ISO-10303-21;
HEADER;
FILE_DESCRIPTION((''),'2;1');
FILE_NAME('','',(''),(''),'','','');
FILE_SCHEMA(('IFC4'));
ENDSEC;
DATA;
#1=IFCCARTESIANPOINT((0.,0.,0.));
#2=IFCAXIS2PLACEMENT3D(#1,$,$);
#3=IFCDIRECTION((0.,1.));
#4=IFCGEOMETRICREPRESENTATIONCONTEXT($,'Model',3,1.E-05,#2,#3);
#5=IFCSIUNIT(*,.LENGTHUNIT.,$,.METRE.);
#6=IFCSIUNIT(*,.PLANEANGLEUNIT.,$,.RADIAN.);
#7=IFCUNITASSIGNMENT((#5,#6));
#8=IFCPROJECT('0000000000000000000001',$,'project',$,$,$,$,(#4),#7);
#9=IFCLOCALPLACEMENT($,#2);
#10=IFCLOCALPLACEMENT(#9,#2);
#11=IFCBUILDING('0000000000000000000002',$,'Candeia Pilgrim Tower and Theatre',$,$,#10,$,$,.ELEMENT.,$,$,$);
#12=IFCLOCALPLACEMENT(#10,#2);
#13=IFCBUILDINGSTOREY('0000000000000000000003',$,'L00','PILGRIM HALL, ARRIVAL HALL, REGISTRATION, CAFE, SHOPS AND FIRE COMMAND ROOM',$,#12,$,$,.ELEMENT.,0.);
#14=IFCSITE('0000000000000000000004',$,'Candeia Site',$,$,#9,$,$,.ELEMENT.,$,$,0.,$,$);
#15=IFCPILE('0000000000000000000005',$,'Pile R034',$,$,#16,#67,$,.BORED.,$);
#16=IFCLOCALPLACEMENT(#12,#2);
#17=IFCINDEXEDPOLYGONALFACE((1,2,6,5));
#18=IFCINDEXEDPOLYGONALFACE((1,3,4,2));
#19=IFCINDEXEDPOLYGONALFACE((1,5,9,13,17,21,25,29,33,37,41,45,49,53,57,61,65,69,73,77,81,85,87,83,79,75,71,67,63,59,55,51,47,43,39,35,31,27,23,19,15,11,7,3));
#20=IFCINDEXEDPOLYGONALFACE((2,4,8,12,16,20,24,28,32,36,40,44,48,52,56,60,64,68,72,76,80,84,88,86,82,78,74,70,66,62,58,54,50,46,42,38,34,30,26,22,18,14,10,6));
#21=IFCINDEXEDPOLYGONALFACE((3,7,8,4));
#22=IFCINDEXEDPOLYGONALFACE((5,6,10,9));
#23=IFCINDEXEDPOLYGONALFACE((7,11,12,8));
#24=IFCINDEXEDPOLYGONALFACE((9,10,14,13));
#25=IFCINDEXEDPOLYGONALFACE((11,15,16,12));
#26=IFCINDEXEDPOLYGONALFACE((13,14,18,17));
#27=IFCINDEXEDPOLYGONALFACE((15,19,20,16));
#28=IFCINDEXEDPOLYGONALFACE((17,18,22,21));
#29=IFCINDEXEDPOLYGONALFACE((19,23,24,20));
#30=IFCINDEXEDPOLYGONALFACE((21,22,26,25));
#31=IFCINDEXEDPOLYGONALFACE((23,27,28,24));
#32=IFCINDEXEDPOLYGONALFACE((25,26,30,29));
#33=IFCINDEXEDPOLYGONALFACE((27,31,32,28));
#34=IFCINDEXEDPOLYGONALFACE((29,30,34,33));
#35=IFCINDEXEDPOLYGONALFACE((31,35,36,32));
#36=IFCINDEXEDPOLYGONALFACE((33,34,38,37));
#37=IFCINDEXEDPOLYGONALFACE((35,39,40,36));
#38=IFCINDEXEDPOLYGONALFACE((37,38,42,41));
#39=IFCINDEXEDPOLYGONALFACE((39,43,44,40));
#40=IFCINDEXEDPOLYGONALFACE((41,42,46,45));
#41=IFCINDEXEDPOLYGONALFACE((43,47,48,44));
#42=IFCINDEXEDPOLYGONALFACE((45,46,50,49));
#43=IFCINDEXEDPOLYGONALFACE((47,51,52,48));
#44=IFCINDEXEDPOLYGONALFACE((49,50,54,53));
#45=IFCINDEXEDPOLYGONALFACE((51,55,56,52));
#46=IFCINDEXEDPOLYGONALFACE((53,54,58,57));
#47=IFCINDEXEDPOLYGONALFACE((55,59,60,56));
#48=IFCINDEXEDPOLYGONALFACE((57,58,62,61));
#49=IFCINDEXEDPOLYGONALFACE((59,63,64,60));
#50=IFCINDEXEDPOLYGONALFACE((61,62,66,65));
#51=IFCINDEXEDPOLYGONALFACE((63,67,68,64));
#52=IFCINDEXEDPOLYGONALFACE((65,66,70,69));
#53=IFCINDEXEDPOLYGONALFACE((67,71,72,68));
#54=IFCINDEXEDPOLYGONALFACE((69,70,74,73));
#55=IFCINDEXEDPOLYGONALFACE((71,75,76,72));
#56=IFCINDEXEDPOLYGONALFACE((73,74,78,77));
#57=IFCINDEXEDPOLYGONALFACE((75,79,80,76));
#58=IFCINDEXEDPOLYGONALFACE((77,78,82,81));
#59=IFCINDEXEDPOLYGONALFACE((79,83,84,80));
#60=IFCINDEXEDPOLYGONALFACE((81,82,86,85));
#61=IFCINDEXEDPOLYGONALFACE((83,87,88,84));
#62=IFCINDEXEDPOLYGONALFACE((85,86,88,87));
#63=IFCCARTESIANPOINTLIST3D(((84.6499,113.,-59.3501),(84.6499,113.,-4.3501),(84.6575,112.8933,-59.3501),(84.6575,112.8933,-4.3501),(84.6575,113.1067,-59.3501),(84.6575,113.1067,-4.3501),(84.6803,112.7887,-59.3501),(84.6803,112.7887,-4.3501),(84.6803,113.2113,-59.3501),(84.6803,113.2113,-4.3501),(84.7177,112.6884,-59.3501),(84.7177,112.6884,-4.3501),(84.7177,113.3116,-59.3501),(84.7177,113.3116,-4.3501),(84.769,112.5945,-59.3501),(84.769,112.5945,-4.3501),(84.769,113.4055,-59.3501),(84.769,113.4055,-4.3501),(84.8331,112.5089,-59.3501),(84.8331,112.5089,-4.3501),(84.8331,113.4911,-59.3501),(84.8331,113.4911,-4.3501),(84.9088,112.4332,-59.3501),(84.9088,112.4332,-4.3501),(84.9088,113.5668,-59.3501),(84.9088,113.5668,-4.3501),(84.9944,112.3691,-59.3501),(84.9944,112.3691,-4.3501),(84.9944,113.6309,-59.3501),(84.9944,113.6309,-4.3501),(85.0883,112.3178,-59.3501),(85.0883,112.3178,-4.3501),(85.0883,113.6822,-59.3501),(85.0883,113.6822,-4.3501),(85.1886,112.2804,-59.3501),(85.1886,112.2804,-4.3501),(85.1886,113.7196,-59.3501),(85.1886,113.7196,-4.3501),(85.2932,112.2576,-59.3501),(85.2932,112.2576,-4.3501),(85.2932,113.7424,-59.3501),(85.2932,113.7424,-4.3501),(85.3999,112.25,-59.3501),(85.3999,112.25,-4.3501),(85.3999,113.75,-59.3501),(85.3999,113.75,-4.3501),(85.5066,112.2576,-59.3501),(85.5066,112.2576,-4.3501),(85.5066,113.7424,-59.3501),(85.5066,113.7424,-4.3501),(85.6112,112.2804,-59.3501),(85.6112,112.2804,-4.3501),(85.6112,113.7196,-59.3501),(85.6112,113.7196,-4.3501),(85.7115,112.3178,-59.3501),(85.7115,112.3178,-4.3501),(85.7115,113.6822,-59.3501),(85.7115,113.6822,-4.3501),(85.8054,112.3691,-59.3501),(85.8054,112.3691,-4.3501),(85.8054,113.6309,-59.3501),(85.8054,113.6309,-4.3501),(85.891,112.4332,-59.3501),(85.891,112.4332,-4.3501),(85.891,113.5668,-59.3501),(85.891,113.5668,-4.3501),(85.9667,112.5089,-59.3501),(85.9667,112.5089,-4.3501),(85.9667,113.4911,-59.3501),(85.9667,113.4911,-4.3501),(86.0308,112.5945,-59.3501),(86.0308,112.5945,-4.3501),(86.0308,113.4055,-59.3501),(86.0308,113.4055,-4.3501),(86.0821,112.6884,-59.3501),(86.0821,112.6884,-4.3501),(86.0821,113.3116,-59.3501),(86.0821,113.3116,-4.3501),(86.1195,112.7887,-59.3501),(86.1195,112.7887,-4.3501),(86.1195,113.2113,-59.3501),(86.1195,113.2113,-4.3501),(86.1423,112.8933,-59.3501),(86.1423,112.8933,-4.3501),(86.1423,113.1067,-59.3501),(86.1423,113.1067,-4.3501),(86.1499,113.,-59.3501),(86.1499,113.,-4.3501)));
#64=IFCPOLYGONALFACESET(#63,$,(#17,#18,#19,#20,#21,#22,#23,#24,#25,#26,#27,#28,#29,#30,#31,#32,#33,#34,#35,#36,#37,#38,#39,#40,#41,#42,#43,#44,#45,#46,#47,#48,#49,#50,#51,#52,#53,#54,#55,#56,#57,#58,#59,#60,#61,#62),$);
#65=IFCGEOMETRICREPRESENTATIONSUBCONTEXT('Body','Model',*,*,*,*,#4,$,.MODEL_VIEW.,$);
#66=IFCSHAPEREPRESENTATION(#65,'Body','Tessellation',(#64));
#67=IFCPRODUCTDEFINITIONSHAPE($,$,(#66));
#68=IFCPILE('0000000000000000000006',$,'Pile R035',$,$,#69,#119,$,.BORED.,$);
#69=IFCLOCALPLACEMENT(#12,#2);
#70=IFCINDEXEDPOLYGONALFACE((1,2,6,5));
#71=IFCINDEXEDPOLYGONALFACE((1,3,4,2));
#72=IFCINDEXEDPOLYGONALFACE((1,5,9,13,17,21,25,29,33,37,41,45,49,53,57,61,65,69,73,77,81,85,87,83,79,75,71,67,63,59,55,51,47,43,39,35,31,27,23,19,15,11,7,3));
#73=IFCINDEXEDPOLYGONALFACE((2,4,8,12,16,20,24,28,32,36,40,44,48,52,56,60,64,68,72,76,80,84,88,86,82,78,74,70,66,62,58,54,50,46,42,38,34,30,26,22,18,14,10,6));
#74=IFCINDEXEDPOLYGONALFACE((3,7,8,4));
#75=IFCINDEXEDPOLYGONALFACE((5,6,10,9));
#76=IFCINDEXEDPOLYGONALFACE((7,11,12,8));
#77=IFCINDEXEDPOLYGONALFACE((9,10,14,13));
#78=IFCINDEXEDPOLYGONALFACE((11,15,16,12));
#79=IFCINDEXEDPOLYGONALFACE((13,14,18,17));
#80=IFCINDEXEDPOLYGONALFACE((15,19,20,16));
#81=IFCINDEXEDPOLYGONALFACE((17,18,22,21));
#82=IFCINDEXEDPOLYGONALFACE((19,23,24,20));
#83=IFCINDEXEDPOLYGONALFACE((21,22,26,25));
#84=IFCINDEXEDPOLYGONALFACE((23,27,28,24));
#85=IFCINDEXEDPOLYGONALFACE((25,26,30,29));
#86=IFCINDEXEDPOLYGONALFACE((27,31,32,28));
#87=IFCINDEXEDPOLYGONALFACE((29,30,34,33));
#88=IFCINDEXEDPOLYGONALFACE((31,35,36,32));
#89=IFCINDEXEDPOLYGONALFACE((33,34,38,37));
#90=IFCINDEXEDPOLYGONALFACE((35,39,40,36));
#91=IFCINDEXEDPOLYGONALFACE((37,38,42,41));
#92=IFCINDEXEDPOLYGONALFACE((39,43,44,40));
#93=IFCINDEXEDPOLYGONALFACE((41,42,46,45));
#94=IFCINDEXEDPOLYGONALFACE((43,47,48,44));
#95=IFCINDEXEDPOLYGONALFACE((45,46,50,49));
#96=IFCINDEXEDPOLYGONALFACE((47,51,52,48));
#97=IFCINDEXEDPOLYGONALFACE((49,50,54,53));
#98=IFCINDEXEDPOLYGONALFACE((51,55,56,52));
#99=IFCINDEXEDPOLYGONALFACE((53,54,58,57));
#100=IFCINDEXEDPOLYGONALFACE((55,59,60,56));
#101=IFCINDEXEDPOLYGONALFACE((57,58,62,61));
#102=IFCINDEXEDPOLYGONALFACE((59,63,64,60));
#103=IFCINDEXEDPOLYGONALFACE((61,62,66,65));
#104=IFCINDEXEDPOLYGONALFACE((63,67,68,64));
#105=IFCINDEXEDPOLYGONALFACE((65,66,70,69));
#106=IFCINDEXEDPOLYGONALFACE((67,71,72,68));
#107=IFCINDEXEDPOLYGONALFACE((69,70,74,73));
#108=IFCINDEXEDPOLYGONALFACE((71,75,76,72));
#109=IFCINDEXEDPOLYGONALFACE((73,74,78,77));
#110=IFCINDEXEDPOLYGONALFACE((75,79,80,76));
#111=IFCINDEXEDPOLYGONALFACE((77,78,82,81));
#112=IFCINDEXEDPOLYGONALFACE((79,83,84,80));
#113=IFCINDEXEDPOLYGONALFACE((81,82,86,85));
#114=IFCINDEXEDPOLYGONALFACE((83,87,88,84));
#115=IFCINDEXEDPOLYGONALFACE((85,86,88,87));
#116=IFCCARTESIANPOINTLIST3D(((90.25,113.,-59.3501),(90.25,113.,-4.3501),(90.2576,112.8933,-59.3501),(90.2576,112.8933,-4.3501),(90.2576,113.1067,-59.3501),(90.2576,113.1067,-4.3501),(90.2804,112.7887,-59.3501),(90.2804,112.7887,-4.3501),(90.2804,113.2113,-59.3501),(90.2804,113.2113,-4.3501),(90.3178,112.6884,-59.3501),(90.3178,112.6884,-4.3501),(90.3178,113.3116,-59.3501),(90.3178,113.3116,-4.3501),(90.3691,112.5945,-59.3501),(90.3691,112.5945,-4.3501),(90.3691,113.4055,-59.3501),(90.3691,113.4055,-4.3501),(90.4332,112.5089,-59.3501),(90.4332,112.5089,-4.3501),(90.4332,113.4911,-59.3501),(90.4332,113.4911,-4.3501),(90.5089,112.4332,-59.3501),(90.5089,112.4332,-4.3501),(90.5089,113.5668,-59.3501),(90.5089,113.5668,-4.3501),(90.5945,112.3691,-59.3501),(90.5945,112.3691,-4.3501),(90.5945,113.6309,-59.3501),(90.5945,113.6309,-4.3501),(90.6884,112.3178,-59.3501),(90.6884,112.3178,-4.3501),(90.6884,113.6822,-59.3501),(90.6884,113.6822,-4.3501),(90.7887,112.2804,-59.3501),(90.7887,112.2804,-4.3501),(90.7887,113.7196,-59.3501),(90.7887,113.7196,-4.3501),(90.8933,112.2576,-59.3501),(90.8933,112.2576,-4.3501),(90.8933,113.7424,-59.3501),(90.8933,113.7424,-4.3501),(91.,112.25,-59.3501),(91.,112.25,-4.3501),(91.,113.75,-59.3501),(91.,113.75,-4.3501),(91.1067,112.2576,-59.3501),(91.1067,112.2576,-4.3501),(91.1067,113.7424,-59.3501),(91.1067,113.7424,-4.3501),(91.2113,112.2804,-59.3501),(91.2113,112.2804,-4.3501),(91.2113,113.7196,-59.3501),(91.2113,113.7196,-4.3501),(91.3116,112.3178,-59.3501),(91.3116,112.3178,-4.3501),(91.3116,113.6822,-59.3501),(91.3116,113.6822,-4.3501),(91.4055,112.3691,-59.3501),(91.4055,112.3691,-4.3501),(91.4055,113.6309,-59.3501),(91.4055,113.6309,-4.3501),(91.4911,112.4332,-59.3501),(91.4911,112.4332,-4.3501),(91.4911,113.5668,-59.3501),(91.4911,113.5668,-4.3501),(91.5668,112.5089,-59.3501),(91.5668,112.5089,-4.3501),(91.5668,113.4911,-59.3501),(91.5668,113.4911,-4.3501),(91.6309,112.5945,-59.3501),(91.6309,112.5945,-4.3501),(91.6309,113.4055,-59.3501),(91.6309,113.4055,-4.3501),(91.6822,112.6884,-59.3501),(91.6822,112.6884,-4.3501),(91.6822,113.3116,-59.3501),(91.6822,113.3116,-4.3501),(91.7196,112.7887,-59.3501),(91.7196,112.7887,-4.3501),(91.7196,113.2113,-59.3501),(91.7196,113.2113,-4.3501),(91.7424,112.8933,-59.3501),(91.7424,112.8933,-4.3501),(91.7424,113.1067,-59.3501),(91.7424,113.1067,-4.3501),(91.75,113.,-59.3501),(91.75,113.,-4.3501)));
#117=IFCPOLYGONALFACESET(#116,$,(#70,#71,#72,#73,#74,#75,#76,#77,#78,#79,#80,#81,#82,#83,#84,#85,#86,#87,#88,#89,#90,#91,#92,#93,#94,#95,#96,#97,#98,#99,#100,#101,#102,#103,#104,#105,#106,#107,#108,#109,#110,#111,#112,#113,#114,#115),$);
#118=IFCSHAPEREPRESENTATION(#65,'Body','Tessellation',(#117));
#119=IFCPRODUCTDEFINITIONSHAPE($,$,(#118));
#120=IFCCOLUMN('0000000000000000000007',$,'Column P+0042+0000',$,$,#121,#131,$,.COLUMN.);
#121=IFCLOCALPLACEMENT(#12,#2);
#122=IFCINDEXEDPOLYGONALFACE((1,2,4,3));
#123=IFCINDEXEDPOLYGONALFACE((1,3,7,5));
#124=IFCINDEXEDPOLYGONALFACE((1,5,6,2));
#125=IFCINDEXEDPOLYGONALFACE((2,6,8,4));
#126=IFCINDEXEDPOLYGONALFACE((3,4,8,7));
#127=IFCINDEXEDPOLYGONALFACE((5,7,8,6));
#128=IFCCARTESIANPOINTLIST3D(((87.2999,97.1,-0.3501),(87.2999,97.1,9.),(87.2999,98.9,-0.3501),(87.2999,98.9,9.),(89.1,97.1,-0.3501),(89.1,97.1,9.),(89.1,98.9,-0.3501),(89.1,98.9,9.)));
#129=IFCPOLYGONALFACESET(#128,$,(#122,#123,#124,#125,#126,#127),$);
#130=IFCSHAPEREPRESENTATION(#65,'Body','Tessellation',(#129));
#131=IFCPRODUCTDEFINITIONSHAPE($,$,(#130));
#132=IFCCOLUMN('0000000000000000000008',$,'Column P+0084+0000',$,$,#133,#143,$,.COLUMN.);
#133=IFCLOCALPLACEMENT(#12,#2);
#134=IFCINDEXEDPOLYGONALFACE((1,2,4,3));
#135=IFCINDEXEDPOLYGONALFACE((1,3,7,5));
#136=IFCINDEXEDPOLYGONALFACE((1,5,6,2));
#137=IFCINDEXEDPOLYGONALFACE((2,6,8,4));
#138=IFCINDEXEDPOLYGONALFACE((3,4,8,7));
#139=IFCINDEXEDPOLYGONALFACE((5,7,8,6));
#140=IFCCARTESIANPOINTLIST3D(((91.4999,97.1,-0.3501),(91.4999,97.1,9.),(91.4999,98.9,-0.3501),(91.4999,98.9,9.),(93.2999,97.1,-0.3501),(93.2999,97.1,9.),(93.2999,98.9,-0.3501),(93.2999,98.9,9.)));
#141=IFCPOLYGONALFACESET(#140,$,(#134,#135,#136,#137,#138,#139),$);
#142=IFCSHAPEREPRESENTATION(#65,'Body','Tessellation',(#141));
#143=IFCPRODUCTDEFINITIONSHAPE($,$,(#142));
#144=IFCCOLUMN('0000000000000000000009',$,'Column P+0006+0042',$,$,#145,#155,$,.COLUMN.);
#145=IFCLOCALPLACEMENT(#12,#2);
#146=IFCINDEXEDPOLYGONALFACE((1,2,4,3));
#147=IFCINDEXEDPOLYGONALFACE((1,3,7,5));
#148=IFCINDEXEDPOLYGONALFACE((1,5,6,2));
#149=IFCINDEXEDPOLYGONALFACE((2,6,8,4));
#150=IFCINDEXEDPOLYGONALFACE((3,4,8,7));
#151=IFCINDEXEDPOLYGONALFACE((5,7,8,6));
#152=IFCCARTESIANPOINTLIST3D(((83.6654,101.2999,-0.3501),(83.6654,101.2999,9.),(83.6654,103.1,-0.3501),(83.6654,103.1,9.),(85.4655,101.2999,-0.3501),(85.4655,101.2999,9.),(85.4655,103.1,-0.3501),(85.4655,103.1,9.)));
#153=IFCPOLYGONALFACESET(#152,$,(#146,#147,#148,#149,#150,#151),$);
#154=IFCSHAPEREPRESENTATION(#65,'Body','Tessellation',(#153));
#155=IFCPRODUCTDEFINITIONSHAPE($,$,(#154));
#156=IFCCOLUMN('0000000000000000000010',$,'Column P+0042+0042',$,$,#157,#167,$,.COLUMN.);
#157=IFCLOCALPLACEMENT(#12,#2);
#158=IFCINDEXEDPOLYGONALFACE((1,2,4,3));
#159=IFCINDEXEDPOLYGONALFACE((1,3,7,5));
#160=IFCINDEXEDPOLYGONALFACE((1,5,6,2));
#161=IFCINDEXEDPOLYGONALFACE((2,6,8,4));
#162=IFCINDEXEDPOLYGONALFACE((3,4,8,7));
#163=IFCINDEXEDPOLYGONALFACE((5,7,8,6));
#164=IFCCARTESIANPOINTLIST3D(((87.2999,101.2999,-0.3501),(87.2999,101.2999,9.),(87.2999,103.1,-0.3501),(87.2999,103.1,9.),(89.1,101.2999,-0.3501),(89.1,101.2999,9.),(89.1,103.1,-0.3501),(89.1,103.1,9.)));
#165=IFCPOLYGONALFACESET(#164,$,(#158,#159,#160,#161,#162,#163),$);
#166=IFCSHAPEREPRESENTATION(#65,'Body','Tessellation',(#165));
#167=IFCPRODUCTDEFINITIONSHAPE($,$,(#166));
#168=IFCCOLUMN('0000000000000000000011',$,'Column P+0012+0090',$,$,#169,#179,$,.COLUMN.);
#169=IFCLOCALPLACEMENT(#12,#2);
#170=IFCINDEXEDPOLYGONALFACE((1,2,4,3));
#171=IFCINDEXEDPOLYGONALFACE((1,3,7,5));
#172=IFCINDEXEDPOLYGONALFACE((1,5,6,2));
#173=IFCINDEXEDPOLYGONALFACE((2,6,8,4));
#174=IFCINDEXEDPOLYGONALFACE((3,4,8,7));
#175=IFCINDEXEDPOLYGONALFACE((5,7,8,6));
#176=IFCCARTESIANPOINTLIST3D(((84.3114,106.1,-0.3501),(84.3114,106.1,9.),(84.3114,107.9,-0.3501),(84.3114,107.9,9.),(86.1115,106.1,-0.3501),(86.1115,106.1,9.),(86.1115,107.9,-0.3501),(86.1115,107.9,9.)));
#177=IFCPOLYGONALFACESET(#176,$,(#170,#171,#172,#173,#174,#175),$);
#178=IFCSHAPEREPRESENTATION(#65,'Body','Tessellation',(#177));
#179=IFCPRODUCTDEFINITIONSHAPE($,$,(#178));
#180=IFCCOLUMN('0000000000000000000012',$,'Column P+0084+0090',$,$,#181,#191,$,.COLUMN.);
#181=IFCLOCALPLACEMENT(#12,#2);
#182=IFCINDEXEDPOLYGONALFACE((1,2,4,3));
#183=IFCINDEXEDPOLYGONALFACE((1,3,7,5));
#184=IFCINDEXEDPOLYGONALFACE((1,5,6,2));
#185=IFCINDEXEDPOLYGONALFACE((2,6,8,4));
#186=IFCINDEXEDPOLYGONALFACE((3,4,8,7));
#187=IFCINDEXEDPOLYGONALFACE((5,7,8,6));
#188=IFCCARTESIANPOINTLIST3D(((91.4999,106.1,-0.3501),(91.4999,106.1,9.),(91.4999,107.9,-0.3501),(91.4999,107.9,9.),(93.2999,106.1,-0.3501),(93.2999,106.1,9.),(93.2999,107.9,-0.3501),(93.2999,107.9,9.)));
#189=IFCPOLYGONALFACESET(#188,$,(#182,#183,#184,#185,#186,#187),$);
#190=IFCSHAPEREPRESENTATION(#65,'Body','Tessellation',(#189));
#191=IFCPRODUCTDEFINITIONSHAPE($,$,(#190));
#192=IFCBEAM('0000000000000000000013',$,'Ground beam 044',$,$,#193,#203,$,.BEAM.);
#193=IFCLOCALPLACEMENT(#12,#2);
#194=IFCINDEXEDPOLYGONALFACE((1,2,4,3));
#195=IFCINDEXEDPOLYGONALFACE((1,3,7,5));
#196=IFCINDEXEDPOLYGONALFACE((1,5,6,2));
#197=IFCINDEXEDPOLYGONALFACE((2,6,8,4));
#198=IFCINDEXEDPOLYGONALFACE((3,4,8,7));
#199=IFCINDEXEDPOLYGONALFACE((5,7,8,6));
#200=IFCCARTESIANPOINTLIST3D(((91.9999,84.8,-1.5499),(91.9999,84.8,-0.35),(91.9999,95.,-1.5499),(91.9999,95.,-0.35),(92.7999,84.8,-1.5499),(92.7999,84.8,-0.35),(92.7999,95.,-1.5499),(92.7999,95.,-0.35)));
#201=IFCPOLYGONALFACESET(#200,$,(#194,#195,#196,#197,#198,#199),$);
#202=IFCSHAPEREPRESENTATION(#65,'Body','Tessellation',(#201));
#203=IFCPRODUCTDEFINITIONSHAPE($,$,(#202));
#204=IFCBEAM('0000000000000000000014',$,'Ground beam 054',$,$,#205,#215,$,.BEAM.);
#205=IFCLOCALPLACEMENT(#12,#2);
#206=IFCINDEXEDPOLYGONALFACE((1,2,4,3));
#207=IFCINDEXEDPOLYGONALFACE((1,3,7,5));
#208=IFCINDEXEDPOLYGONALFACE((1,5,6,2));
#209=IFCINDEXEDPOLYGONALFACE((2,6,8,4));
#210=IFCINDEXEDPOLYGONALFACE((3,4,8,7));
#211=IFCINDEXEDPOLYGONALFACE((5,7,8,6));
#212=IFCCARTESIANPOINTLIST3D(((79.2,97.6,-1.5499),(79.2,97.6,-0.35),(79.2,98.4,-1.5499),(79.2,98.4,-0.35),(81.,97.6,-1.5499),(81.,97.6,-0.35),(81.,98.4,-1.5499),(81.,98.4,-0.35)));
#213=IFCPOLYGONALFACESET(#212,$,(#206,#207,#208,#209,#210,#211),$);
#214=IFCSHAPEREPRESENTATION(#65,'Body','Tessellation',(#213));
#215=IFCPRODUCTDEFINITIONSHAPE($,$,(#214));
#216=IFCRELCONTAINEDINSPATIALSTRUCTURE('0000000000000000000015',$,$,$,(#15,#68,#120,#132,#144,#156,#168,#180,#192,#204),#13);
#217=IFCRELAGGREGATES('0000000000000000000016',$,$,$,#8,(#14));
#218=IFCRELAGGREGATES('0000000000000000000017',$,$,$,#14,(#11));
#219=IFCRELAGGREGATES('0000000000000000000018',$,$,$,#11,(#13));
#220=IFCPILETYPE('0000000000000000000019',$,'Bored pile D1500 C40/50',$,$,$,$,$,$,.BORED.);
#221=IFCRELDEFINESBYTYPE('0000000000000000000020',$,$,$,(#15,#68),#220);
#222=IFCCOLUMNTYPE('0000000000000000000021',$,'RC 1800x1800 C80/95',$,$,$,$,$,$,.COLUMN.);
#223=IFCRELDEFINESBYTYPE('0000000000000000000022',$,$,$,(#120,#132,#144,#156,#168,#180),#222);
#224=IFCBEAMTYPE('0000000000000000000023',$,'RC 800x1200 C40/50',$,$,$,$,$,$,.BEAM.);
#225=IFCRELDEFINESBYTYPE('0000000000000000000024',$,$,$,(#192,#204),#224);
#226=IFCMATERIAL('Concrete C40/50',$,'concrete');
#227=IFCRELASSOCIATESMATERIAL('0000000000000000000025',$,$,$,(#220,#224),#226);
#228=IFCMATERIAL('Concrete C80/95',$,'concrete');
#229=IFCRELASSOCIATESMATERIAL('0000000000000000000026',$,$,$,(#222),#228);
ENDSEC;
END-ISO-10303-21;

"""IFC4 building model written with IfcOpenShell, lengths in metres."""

from ifc_helpers import new_model, si_unit, direction, frame, origin, origin_2d, place, context, subcontext, project, spatial, rectangle, circle, extrude, material, material_profile, profile_set, type_object, element, save


model = new_model("IFC4")

# Units and contexts
model_context = context("Model", 3, precision=1e-05, world=origin(), true_north=direction((0.0, 1.0)))
body_context = subcontext(model_context, "Body", "Model", "MODEL_VIEW")
ifc_project = project(units=[si_unit("LENGTHUNIT", "METRE"), si_unit("PLANEANGLEUNIT", "RADIAN")], contexts=[model_context])

# Site, building, storey
site_placement = place(None, origin())
site = spatial("IfcSite", under=ifc_project, at=site_placement, Name="Candeia Site", CompositionType="ELEMENT", RefElevation=0.0)
building_placement = place(site_placement, origin())
building = spatial("IfcBuilding", under=site, at=building_placement, Name="Candeia Pilgrim Tower and Theatre", CompositionType="ELEMENT")
storey_placement = place(building_placement, origin())
storey = spatial("IfcBuildingStorey", under=building, at=storey_placement, Name="L00", Description="PILGRIM HALL, ARRIVAL HALL, REGISTRATION, CAFE, SHOPS AND FIRE COMMAND ROOM", CompositionType="ELEMENT", Elevation=0.0)

# Piles
ifc_material_1 = material(Name="Concrete C40/50", Category="concrete")
ifc_material_profile_1 = material_profile(ifc_material_1, circle(Radius=0.75, at=origin_2d()))
ifc_profile_set_1 = profile_set([ifc_material_profile_1], Name="Concrete C40/50")
pile_type = type_object("IfcPileType", Name="Bored pile D1500 C40/50", PredefinedType="BORED", material=ifc_profile_set_1)
for number, where, z_axis, x_axis, name in (
    (1, (85.3999, 113.0, -4.3501), (0.0, 0.0, -1.0), (1.0, 0.0, 0.0), "Pile R034"),
    (2, (91.0, 113.0, -4.3501), (0.0, 0.0, -1.0), (1.0, 0.0, 0.0), "Pile R035"),
):
    element("IfcPile", number, at=place(storey_placement, frame(where, z_axis=z_axis, x_axis=x_axis)), inside=storey, type_object=pile_type, Name=name, PredefinedType="BORED", context=body_context, shape_type="SweptSolid", body=[
        extrude(circle(Radius=0.75, at=origin_2d()), origin(), (0.0, 0.0, 1.0), 55.0),
    ])

# Columns
ifc_material_2 = material(Name="Concrete C80/95", Category="concrete")
ifc_material_profile_2 = material_profile(ifc_material_2, rectangle(XDim=1.8, YDim=1.8, at=origin_2d()))
ifc_profile_set_2 = profile_set([ifc_material_profile_2], Name="Concrete C80/95")
column_type = type_object("IfcColumnType", Name="RC 1800x1800 C80/95", PredefinedType="COLUMN", material=ifc_profile_set_2)
for number, where, z_axis, x_axis, name in (
    (3, (88.2, 98.0, -0.3501), (0.0, 0.0, 1.0), (1.0, 0.0, 0.0), "Column P+0042+0000"),
    (4, (92.3999, 98.0, -0.3501), (0.0, 0.0, 1.0), (1.0, 0.0, 0.0), "Column P+0084+0000"),
    (5, (84.5654, 102.2, -0.3501), (0.0, 0.0, 1.0), (1.0, 0.0, 0.0), "Column P+0006+0042"),
    (6, (88.2, 102.2, -0.3501), (0.0, 0.0, 1.0), (1.0, 0.0, 0.0), "Column P+0042+0042"),
    (7, (85.2114, 107.0, -0.3501), (0.0, 0.0, 1.0), (1.0, 0.0, 0.0), "Column P+0012+0090"),
    (8, (92.3999, 107.0, -0.3501), (0.0, 0.0, 1.0), (1.0, 0.0, 0.0), "Column P+0084+0090"),
):
    element("IfcColumn", number, at=place(storey_placement, frame(where, z_axis=z_axis, x_axis=x_axis)), inside=storey, type_object=column_type, Name=name, PredefinedType="COLUMN", context=body_context, shape_type="SweptSolid", body=[
        extrude(rectangle(XDim=1.8, YDim=1.8, at=origin_2d()), origin(), (0.0, 0.0, 1.0), 9.3501),
    ])

# Beams
ifc_material_profile_3 = material_profile(ifc_material_1, rectangle(XDim=0.8, YDim=1.2, at=origin_2d()))
ifc_profile_set_3 = profile_set([ifc_material_profile_3], Name="Concrete C40/50")
beam_type = type_object("IfcBeamType", Name="RC 800x1200 C40/50", PredefinedType="BEAM", material=ifc_profile_set_3)
beam_placement = place(storey_placement, frame((92.3999, 84.8, -0.95), z_axis=(0.0, 1.0, 0.0), x_axis=(-1.0, 0.0, 0.0)))
element("IfcBeam", 9, at=beam_placement, inside=storey, type_object=beam_type, Name="Ground beam 044", PredefinedType="BEAM", context=body_context, shape_type="SweptSolid", body=[
    extrude(rectangle(XDim=0.8, YDim=1.2, at=origin_2d()), origin(), (0.0, 0.0, 1.0), 10.2),
])
for number, where, z_axis, x_axis, name in (
    (10, (79.2, 98.0, -0.95), (1.0, 0.0, 0.0), (0.0, 1.0, 0.0), "Ground beam 054"),
):
    element("IfcBeam", number, at=place(storey_placement, frame(where, z_axis=z_axis, x_axis=x_axis)), inside=storey, type_object=beam_type, Name=name, PredefinedType="BEAM", context=body_context, shape_type="SweptSolid", body=[
        extrude(rectangle(XDim=0.8, YDim=1.2, at=origin_2d()), origin(), (0.0, 0.0, 1.0), 1.8),
    ])

save(model, "model.ifc")
